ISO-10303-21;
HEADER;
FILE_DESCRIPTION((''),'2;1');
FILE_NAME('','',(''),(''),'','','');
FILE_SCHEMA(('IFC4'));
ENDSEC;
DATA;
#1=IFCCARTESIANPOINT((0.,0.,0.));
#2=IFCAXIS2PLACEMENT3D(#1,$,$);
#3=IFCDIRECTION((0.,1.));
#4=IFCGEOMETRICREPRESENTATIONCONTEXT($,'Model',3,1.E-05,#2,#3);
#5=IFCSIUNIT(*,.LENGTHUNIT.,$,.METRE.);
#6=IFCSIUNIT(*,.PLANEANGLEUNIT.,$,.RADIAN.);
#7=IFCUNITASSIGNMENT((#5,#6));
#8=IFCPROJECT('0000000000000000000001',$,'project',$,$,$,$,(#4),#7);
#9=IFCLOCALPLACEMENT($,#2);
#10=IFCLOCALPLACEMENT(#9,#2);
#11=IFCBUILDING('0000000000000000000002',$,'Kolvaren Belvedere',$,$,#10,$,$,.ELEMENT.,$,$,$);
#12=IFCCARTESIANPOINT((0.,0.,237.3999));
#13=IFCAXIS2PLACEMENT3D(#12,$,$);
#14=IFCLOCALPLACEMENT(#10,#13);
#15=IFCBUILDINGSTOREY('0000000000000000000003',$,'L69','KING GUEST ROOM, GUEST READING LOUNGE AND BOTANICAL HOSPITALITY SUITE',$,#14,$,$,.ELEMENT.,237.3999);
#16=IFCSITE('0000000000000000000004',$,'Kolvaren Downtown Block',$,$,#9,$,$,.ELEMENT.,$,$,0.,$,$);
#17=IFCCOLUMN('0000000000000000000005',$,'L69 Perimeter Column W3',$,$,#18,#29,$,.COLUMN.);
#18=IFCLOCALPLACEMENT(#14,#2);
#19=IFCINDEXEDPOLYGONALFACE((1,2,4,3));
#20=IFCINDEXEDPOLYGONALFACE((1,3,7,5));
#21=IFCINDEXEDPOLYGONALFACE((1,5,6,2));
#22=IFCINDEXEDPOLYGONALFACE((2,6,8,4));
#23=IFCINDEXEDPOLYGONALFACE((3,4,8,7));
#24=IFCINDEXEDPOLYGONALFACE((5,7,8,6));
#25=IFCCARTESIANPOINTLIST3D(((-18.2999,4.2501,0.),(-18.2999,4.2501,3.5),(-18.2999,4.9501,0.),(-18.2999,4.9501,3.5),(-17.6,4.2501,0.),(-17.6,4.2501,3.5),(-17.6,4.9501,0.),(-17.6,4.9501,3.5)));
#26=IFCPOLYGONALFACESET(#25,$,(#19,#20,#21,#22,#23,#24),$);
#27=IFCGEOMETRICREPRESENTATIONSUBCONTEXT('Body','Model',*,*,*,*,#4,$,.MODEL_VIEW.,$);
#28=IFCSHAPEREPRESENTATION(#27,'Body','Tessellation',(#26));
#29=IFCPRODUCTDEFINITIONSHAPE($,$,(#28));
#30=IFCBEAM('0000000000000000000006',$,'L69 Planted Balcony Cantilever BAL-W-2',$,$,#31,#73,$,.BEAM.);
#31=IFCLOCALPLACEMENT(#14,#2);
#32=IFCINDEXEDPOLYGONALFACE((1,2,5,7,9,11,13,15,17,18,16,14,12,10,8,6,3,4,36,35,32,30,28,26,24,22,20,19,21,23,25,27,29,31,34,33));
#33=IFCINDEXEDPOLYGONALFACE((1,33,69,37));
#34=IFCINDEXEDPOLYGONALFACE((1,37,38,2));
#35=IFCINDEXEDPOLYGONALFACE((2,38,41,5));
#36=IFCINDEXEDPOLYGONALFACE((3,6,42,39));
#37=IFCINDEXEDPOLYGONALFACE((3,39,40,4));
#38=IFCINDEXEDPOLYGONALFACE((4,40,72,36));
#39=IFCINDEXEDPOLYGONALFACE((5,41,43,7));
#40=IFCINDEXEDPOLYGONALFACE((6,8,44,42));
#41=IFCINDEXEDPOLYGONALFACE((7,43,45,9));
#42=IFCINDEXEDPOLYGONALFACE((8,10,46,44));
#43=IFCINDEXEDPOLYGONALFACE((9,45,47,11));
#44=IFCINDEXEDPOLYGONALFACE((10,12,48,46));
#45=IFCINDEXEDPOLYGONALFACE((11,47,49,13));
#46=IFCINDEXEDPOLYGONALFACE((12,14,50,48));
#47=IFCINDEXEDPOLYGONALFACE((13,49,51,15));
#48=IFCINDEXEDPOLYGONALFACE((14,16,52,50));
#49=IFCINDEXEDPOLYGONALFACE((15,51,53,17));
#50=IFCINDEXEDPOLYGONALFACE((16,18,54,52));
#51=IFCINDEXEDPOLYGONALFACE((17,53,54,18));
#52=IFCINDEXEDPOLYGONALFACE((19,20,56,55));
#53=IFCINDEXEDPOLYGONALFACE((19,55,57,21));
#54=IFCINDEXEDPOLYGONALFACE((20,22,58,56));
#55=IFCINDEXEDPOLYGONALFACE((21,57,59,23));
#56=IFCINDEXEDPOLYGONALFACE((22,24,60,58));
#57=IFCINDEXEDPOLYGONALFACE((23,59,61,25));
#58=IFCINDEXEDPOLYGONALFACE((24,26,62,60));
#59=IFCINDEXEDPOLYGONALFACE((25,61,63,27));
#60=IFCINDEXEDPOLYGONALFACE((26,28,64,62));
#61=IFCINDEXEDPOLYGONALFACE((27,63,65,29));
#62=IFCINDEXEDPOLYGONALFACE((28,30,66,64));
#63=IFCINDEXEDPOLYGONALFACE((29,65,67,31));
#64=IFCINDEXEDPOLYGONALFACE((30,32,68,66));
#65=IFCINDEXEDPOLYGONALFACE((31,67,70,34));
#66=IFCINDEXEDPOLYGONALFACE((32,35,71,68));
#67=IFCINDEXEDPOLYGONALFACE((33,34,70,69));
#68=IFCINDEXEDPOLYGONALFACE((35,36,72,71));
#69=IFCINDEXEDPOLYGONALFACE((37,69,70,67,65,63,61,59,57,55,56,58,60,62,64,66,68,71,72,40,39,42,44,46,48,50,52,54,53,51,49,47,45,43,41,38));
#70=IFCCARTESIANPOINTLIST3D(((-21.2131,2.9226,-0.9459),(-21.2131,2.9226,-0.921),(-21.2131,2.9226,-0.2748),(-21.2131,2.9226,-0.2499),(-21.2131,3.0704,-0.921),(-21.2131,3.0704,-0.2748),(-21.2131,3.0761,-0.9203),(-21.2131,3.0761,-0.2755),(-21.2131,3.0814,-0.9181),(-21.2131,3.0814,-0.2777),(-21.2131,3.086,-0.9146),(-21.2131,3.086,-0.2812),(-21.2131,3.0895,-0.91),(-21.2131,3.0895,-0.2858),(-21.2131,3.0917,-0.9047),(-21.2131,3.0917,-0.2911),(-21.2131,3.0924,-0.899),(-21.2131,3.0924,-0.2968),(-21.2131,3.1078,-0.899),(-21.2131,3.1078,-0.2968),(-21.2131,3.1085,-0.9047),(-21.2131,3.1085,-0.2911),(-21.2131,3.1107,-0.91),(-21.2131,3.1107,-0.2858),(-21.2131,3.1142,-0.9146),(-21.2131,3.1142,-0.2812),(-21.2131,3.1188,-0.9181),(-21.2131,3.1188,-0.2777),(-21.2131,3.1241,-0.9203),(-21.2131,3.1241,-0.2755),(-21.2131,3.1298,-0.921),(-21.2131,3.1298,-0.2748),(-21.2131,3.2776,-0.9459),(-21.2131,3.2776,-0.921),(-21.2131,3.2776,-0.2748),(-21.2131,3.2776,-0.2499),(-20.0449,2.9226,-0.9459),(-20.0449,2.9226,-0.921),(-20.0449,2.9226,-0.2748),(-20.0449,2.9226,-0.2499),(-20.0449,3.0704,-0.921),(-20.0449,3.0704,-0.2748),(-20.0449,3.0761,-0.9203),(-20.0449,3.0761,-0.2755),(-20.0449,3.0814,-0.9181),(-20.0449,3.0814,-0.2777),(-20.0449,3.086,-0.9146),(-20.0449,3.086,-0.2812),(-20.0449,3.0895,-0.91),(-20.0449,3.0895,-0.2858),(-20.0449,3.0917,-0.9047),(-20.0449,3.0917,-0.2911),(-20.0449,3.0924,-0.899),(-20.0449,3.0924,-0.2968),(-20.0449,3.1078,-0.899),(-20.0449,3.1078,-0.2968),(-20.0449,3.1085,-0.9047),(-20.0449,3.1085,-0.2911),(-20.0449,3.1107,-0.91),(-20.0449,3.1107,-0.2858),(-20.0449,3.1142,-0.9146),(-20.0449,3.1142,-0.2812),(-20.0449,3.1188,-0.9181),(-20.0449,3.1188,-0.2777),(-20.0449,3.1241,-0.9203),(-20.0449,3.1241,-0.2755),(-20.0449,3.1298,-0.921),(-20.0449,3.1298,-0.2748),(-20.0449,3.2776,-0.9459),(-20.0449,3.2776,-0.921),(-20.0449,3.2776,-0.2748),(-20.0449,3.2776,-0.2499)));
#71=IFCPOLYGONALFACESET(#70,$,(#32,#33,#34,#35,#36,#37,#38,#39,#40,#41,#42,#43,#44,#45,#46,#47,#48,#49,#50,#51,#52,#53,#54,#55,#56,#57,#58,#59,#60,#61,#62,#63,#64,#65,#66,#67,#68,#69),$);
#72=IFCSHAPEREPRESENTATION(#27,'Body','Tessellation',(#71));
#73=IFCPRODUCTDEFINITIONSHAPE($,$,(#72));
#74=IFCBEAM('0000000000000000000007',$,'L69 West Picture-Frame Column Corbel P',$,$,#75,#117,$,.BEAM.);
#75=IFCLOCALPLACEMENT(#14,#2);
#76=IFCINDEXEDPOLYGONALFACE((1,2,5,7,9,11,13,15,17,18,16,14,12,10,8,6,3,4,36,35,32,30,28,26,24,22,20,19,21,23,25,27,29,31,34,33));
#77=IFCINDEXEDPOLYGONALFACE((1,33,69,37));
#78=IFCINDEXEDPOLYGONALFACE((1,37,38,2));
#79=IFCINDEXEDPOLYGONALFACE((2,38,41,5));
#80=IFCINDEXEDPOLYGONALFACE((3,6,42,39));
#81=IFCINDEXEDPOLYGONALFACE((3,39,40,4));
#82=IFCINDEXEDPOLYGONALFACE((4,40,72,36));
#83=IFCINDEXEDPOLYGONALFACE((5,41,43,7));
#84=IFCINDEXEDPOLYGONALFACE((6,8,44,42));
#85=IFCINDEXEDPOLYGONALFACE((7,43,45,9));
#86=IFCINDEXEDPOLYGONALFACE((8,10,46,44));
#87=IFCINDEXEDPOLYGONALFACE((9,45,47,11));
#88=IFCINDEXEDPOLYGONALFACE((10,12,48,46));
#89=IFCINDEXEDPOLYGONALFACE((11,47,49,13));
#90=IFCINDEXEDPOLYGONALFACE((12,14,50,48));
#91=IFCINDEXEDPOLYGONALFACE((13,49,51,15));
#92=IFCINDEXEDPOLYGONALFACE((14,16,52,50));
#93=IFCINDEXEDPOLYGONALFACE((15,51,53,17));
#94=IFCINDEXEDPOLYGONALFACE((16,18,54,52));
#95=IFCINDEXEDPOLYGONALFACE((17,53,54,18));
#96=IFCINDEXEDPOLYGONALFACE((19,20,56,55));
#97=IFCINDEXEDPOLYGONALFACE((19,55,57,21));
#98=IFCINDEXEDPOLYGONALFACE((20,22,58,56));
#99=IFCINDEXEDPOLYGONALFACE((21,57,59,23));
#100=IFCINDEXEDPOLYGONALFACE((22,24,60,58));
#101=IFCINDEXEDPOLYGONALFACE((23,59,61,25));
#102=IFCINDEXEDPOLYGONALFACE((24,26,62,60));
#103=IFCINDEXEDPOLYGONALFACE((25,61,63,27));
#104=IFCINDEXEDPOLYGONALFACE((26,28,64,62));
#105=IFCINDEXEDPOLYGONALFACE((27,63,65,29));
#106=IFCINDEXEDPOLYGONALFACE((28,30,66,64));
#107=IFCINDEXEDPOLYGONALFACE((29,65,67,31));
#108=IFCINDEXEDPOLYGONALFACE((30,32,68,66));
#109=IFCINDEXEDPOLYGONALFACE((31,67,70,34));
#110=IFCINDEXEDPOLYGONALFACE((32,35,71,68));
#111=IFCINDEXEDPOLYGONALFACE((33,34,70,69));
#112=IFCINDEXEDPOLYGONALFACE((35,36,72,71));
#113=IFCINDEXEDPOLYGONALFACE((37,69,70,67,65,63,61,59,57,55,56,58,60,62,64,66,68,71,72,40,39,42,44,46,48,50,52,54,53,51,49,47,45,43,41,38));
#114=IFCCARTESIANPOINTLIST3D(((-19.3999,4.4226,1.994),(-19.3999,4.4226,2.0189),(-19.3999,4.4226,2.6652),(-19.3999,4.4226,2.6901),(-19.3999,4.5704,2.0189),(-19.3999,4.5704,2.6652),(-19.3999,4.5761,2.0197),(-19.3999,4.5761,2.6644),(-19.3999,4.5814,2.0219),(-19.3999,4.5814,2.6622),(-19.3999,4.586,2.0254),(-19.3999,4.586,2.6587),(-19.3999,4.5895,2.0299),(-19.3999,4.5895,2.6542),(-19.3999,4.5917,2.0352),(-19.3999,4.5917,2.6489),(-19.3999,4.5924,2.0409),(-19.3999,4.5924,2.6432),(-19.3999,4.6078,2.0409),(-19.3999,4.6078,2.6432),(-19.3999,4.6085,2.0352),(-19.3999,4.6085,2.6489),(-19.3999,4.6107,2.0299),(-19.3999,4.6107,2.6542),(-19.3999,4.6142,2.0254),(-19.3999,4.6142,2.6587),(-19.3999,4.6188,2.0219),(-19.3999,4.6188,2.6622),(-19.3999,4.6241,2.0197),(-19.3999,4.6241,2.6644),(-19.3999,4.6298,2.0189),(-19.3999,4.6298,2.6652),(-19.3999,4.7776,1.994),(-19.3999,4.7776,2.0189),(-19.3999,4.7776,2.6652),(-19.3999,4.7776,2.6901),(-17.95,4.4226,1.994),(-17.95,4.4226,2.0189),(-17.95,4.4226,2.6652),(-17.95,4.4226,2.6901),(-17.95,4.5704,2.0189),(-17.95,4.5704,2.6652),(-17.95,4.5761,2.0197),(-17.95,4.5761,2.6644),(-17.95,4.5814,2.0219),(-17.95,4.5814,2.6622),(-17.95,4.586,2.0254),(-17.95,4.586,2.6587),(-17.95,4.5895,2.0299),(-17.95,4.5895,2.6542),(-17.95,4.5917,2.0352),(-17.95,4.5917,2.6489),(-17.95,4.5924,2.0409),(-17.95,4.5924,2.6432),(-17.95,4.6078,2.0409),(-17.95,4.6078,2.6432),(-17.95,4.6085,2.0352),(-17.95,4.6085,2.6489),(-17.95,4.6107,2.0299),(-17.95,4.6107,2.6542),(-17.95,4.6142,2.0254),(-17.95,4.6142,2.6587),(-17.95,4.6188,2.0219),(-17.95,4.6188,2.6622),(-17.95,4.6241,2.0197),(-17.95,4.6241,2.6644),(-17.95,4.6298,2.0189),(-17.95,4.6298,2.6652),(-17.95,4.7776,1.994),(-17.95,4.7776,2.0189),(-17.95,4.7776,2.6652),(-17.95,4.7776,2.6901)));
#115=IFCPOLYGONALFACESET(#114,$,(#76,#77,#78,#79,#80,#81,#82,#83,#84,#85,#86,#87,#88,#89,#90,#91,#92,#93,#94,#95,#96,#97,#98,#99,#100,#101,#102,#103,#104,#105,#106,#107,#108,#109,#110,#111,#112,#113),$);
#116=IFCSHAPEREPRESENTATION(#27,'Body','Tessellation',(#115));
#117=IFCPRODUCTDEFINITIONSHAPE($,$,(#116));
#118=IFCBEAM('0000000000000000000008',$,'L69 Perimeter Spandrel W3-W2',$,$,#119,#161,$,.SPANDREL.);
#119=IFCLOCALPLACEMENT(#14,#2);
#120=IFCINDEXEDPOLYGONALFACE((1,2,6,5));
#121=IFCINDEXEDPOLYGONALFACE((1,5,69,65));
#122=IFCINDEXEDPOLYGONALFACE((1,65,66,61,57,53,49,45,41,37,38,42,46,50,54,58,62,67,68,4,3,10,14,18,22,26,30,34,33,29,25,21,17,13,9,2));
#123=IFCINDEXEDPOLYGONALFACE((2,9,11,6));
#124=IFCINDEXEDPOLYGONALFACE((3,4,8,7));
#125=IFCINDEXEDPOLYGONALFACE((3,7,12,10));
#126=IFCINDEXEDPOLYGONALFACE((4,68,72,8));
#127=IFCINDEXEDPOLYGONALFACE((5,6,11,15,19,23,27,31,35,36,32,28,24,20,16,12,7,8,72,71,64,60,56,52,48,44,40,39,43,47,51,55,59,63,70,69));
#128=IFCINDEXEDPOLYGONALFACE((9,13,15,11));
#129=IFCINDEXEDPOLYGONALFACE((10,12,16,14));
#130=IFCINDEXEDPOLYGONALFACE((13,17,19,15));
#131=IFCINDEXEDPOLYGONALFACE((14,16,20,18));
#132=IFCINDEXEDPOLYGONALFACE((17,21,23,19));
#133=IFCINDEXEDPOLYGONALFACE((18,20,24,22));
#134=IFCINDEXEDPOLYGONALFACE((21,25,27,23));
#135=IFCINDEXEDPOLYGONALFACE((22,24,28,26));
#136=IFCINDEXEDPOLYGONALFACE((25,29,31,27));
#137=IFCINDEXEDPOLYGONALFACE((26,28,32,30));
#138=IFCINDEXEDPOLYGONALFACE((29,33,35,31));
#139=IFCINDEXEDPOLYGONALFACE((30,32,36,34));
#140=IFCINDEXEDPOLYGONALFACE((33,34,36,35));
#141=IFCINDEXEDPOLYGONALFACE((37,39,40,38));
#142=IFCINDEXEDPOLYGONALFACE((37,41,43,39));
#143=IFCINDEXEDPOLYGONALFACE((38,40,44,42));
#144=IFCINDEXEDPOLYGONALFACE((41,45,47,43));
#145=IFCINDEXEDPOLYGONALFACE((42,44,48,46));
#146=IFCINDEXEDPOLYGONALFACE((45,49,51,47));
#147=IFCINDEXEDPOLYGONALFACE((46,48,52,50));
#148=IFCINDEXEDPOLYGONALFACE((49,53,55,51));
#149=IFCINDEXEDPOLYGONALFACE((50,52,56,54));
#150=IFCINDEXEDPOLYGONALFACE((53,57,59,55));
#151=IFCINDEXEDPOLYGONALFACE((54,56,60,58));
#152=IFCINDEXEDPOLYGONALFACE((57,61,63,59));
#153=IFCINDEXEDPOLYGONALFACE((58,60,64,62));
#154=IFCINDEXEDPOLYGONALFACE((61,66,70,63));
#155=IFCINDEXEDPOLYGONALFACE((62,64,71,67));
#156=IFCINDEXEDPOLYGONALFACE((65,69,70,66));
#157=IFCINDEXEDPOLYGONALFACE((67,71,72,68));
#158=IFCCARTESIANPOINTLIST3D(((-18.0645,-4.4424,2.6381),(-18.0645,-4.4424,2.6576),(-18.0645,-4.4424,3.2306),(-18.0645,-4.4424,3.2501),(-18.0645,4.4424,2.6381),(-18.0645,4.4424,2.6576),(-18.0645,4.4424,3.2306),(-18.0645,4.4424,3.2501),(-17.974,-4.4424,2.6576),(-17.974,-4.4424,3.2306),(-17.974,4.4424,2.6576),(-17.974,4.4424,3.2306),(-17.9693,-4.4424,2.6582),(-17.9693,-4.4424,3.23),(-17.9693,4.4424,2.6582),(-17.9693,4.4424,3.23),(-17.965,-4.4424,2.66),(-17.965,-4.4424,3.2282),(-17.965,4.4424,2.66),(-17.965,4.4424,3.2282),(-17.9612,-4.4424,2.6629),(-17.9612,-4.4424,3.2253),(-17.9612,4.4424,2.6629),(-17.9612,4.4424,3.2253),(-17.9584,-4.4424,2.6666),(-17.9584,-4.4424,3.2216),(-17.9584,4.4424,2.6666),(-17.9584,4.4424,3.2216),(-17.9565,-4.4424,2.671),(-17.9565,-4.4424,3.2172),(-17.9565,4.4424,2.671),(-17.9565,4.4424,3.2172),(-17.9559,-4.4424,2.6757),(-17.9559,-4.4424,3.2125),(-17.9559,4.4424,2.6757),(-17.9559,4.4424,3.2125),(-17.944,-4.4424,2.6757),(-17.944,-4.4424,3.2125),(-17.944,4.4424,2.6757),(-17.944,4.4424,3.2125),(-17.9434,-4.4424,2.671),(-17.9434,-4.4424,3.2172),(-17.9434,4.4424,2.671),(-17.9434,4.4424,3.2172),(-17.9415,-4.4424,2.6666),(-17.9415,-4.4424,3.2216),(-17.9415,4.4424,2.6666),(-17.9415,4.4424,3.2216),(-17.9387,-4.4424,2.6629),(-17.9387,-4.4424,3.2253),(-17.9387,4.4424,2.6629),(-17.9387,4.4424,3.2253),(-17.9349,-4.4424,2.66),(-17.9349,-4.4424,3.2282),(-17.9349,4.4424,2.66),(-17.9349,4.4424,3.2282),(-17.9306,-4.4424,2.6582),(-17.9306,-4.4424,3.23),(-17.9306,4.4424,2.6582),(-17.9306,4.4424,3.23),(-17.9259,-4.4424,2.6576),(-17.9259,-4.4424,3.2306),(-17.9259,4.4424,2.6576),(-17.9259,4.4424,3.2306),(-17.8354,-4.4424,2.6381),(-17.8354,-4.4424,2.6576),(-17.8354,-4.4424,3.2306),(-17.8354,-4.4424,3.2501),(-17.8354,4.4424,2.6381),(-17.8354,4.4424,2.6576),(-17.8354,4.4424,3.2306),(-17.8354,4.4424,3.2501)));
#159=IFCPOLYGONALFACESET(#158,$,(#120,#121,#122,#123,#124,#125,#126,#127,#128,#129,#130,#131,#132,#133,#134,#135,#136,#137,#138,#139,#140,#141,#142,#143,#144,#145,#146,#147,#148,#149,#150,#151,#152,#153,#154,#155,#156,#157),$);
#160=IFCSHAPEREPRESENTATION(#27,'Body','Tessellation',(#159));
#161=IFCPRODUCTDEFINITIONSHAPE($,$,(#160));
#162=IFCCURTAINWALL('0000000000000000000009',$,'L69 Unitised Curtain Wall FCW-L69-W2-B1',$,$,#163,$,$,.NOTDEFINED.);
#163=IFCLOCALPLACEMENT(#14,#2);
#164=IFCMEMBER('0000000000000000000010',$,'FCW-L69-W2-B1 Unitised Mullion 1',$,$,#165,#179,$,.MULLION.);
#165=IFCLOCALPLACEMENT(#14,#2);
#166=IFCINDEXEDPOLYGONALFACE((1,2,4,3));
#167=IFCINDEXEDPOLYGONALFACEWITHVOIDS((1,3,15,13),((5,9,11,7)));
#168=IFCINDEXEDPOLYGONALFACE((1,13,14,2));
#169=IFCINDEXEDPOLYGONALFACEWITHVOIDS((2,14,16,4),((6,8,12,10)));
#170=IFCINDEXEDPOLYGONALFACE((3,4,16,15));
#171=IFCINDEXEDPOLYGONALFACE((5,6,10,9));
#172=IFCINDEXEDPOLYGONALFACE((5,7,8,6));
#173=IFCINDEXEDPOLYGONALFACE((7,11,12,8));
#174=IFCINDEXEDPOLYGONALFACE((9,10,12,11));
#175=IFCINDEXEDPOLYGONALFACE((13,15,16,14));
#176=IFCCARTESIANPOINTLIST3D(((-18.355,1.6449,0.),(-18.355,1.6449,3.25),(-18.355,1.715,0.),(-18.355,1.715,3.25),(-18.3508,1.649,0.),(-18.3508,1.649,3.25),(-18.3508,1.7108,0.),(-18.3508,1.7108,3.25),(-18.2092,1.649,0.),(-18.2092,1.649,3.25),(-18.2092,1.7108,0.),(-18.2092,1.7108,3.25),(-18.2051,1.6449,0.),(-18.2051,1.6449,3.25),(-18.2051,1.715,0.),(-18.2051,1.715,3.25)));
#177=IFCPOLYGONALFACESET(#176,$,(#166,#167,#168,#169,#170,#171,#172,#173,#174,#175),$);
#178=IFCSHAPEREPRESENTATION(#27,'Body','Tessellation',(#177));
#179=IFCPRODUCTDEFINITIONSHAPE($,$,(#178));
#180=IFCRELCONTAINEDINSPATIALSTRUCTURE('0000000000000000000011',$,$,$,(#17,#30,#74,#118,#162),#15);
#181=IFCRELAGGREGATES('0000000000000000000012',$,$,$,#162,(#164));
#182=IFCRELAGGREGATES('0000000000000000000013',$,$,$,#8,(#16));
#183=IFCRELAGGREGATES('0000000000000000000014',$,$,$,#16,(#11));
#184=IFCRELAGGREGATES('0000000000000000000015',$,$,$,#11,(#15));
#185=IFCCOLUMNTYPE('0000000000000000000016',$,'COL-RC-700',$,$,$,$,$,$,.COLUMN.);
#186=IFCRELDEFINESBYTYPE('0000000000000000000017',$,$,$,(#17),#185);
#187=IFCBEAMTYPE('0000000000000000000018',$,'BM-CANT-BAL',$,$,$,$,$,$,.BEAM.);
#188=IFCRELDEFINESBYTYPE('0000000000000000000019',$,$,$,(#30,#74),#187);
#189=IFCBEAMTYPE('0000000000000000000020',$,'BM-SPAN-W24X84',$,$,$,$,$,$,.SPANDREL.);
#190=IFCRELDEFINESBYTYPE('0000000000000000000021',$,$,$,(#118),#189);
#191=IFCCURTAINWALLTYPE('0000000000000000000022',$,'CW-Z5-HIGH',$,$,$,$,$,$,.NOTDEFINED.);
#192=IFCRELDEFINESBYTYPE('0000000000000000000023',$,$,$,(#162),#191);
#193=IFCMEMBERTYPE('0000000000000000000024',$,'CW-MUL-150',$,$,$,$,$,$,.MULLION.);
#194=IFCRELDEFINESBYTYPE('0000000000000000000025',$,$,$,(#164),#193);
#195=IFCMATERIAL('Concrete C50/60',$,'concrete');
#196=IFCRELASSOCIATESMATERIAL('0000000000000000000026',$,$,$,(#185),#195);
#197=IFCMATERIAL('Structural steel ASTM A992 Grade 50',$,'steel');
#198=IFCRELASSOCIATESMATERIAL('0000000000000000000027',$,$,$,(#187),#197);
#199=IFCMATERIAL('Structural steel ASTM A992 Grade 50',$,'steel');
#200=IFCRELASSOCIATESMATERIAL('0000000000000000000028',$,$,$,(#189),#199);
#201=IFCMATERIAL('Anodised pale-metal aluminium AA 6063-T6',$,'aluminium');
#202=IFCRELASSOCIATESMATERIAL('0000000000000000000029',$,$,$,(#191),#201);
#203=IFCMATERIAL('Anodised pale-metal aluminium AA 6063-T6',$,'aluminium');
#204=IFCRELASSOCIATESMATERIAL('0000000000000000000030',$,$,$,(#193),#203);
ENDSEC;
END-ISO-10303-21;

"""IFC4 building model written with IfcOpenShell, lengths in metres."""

from ifc_helpers import new_model, si_unit, direction, frame, origin, origin_2d, place, context, subcontext, project, spatial, rectangle, hollow_rectangle, i_section, extrude, material, material_profile, profile_set, type_object, element, aggregate, save


model = new_model("IFC4")

# Units and contexts
model_context = context("Model", 3, precision=1e-05, world=origin(), true_north=direction((0.0, 1.0)))
body_context = subcontext(model_context, "Body", "Model", "MODEL_VIEW")
ifc_project = project(units=[si_unit("LENGTHUNIT", "METRE"), si_unit("PLANEANGLEUNIT", "RADIAN")], contexts=[model_context])

# Site, building, storey
site_placement = place(None, origin())
site = spatial("IfcSite", under=ifc_project, at=site_placement, Name="Kolvaren Downtown Block", CompositionType="ELEMENT", RefElevation=0.0)
building_placement = place(site_placement, origin())
building = spatial("IfcBuilding", under=site, at=building_placement, Name="Kolvaren Belvedere", CompositionType="ELEMENT")
storey_placement = place(building_placement, frame((0.0, 0.0, 237.3999)))
storey = spatial("IfcBuildingStorey", under=building, at=storey_placement, Name="L69", Description="KING GUEST ROOM, GUEST READING LOUNGE AND BOTANICAL HOSPITALITY SUITE", CompositionType="ELEMENT", Elevation=237.3999)

# Column
ifc_material_1 = material(Name="Concrete C50/60", Category="concrete")
ifc_material_profile_1 = material_profile(ifc_material_1, rectangle(XDim=0.7, YDim=0.7, at=origin_2d()), Name="RC 700X700")
ifc_profile_set_1 = profile_set([ifc_material_profile_1], Name="Concrete C50/60")
column_type = type_object("IfcColumnType", Name="COL-RC-700", PredefinedType="COLUMN", material=ifc_profile_set_1)
column_placement = place(storey_placement, frame((-17.95, 4.6001, 0.0), z_axis=(0.0, 0.0, 1.0), x_axis=(1.0, 0.0, 0.0)))
element("IfcColumn", 1, at=column_placement, inside=storey, type_object=column_type, Name="L69 Perimeter Column W3", PredefinedType="COLUMN", context=body_context, shape_type="SweptSolid", body=[
    extrude(rectangle(XDim=0.7, YDim=0.7, at=origin_2d()), origin(), (0.0, 0.0, 1.0), 3.5),
])

# Beams
ifc_material_2 = material(Name="Structural steel ASTM A992 Grade 50", Category="steel")
ifc_material_profile_2 = material_profile(ifc_material_2, i_section(OverallWidth=0.355, OverallDepth=0.696, WebThickness=0.0154, FlangeThickness=0.0249, FilletRadius=0.022, at=origin_2d()), Name="W27X146")
ifc_profile_set_2 = profile_set([ifc_material_profile_2], Name="Structural steel ASTM A992 Grade 50")
beam_type_1 = type_object("IfcBeamType", Name="BM-CANT-BAL", PredefinedType="BEAM", material=ifc_profile_set_2)
beam_1_placement = place(storey_placement, frame((-20.0449, 3.1001, -0.5979), z_axis=(-1.0, 0.0, 0.0), x_axis=(0.0, -1.0, 0.0)))
element("IfcBeam", 2, at=beam_1_placement, inside=storey, type_object=beam_type_1, Name="L69 Planted Balcony Cantilever BAL-W-2", PredefinedType="BEAM", context=body_context, shape_type="SweptSolid", body=[
    extrude(i_section(OverallWidth=0.355, OverallDepth=0.696, WebThickness=0.0154, FlangeThickness=0.0249, FilletRadius=0.022, at=origin_2d()), origin(), (0.0, 0.0, 1.0), 1.1682),
])
beam_2_placement = place(storey_placement, frame((-17.95, 4.6001, 2.342), z_axis=(-1.0, 0.0, 0.0), x_axis=(0.0, -1.0, 0.0)))
element("IfcBeam", 3, at=beam_2_placement, inside=storey, type_object=beam_type_1, Name="L69 West Picture-Frame Column Corbel P", PredefinedType="BEAM", context=body_context, shape_type="SweptSolid", body=[
    extrude(i_section(OverallWidth=0.355, OverallDepth=0.696, WebThickness=0.0154, FlangeThickness=0.0249, FilletRadius=0.022, at=origin_2d()), origin(), (0.0, 0.0, 1.0), 1.45),
])
ifc_material_3 = material(Name="Structural steel ASTM A992 Grade 50", Category="steel")
ifc_material_profile_3 = material_profile(ifc_material_3, i_section(OverallWidth=0.229, OverallDepth=0.6121, WebThickness=0.012, FlangeThickness=0.0195, FilletRadius=0.0181, at=origin_2d()), Name="W24X84")
ifc_profile_set_3 = profile_set([ifc_material_profile_3], Name="Structural steel ASTM A992 Grade 50")
beam_type_2 = type_object("IfcBeamType", Name="BM-SPAN-W24X84", PredefinedType="SPANDREL", material=ifc_profile_set_3)
beam_3_placement = place(storey_placement, frame((-17.95, 4.4424, 2.9441), z_axis=(0.0, -1.0, 0.0), x_axis=(1.0, 0.0, 0.0)))
element("IfcBeam", 4, at=beam_3_placement, inside=storey, type_object=beam_type_2, Name="L69 Perimeter Spandrel W3-W2", PredefinedType="SPANDREL", context=body_context, shape_type="SweptSolid", body=[
    extrude(i_section(OverallWidth=0.229, OverallDepth=0.6121, WebThickness=0.012, FlangeThickness=0.0195, FilletRadius=0.0181, at=origin_2d()), origin(), (0.0, 0.0, 1.0), 8.8848),
])

# Curtain wall, member
ifc_material_4 = material(Name="Anodised pale-metal aluminium AA 6063-T6", Category="aluminium")
curtain_wall_type = type_object("IfcCurtainWallType", Name="CW-Z5-HIGH", PredefinedType="NOTDEFINED", material=ifc_material_4)
curtain_wall_1_placement = place(storey_placement, origin())
curtain_wall_1 = element("IfcCurtainWall", 5, at=curtain_wall_1_placement, inside=storey, type_object=curtain_wall_type, Name="L69 Unitised Curtain Wall FCW-L69-W2-B1", PredefinedType="NOTDEFINED")
ifc_material_5 = material(Name="Anodised pale-metal aluminium AA 6063-T6", Category="aluminium")
ifc_material_profile_4 = material_profile(ifc_material_5, hollow_rectangle(XDim=0.0701, YDim=0.1499, WallThickness=0.0042, at=origin_2d()), Name="ALU-MUL-150X70")
ifc_profile_set_4 = profile_set([ifc_material_profile_4], Name="Anodised pale-metal aluminium AA 6063-T6")
member_type_1 = type_object("IfcMemberType", Name="CW-MUL-150", PredefinedType="MULLION", material=ifc_profile_set_4)
member_1_placement = place(storey_placement, frame((-18.28, 1.6799, 0.0), z_axis=(0.0, 0.0, 1.0), x_axis=(0.0, 1.0, 0.0)))
member_1 = element("IfcMember", 6, at=member_1_placement, type_object=member_type_1, Name="FCW-L69-W2-B1 Unitised Mullion 1", PredefinedType="MULLION", context=body_context, shape_type="SweptSolid", body=[
    extrude(hollow_rectangle(XDim=0.0701, YDim=0.1499, WallThickness=0.0042, at=origin_2d()), origin(), (0.0, 0.0, 1.0), 3.25),
])

aggregate(curtain_wall_1, [member_1])

save(model, "model.ifc")
